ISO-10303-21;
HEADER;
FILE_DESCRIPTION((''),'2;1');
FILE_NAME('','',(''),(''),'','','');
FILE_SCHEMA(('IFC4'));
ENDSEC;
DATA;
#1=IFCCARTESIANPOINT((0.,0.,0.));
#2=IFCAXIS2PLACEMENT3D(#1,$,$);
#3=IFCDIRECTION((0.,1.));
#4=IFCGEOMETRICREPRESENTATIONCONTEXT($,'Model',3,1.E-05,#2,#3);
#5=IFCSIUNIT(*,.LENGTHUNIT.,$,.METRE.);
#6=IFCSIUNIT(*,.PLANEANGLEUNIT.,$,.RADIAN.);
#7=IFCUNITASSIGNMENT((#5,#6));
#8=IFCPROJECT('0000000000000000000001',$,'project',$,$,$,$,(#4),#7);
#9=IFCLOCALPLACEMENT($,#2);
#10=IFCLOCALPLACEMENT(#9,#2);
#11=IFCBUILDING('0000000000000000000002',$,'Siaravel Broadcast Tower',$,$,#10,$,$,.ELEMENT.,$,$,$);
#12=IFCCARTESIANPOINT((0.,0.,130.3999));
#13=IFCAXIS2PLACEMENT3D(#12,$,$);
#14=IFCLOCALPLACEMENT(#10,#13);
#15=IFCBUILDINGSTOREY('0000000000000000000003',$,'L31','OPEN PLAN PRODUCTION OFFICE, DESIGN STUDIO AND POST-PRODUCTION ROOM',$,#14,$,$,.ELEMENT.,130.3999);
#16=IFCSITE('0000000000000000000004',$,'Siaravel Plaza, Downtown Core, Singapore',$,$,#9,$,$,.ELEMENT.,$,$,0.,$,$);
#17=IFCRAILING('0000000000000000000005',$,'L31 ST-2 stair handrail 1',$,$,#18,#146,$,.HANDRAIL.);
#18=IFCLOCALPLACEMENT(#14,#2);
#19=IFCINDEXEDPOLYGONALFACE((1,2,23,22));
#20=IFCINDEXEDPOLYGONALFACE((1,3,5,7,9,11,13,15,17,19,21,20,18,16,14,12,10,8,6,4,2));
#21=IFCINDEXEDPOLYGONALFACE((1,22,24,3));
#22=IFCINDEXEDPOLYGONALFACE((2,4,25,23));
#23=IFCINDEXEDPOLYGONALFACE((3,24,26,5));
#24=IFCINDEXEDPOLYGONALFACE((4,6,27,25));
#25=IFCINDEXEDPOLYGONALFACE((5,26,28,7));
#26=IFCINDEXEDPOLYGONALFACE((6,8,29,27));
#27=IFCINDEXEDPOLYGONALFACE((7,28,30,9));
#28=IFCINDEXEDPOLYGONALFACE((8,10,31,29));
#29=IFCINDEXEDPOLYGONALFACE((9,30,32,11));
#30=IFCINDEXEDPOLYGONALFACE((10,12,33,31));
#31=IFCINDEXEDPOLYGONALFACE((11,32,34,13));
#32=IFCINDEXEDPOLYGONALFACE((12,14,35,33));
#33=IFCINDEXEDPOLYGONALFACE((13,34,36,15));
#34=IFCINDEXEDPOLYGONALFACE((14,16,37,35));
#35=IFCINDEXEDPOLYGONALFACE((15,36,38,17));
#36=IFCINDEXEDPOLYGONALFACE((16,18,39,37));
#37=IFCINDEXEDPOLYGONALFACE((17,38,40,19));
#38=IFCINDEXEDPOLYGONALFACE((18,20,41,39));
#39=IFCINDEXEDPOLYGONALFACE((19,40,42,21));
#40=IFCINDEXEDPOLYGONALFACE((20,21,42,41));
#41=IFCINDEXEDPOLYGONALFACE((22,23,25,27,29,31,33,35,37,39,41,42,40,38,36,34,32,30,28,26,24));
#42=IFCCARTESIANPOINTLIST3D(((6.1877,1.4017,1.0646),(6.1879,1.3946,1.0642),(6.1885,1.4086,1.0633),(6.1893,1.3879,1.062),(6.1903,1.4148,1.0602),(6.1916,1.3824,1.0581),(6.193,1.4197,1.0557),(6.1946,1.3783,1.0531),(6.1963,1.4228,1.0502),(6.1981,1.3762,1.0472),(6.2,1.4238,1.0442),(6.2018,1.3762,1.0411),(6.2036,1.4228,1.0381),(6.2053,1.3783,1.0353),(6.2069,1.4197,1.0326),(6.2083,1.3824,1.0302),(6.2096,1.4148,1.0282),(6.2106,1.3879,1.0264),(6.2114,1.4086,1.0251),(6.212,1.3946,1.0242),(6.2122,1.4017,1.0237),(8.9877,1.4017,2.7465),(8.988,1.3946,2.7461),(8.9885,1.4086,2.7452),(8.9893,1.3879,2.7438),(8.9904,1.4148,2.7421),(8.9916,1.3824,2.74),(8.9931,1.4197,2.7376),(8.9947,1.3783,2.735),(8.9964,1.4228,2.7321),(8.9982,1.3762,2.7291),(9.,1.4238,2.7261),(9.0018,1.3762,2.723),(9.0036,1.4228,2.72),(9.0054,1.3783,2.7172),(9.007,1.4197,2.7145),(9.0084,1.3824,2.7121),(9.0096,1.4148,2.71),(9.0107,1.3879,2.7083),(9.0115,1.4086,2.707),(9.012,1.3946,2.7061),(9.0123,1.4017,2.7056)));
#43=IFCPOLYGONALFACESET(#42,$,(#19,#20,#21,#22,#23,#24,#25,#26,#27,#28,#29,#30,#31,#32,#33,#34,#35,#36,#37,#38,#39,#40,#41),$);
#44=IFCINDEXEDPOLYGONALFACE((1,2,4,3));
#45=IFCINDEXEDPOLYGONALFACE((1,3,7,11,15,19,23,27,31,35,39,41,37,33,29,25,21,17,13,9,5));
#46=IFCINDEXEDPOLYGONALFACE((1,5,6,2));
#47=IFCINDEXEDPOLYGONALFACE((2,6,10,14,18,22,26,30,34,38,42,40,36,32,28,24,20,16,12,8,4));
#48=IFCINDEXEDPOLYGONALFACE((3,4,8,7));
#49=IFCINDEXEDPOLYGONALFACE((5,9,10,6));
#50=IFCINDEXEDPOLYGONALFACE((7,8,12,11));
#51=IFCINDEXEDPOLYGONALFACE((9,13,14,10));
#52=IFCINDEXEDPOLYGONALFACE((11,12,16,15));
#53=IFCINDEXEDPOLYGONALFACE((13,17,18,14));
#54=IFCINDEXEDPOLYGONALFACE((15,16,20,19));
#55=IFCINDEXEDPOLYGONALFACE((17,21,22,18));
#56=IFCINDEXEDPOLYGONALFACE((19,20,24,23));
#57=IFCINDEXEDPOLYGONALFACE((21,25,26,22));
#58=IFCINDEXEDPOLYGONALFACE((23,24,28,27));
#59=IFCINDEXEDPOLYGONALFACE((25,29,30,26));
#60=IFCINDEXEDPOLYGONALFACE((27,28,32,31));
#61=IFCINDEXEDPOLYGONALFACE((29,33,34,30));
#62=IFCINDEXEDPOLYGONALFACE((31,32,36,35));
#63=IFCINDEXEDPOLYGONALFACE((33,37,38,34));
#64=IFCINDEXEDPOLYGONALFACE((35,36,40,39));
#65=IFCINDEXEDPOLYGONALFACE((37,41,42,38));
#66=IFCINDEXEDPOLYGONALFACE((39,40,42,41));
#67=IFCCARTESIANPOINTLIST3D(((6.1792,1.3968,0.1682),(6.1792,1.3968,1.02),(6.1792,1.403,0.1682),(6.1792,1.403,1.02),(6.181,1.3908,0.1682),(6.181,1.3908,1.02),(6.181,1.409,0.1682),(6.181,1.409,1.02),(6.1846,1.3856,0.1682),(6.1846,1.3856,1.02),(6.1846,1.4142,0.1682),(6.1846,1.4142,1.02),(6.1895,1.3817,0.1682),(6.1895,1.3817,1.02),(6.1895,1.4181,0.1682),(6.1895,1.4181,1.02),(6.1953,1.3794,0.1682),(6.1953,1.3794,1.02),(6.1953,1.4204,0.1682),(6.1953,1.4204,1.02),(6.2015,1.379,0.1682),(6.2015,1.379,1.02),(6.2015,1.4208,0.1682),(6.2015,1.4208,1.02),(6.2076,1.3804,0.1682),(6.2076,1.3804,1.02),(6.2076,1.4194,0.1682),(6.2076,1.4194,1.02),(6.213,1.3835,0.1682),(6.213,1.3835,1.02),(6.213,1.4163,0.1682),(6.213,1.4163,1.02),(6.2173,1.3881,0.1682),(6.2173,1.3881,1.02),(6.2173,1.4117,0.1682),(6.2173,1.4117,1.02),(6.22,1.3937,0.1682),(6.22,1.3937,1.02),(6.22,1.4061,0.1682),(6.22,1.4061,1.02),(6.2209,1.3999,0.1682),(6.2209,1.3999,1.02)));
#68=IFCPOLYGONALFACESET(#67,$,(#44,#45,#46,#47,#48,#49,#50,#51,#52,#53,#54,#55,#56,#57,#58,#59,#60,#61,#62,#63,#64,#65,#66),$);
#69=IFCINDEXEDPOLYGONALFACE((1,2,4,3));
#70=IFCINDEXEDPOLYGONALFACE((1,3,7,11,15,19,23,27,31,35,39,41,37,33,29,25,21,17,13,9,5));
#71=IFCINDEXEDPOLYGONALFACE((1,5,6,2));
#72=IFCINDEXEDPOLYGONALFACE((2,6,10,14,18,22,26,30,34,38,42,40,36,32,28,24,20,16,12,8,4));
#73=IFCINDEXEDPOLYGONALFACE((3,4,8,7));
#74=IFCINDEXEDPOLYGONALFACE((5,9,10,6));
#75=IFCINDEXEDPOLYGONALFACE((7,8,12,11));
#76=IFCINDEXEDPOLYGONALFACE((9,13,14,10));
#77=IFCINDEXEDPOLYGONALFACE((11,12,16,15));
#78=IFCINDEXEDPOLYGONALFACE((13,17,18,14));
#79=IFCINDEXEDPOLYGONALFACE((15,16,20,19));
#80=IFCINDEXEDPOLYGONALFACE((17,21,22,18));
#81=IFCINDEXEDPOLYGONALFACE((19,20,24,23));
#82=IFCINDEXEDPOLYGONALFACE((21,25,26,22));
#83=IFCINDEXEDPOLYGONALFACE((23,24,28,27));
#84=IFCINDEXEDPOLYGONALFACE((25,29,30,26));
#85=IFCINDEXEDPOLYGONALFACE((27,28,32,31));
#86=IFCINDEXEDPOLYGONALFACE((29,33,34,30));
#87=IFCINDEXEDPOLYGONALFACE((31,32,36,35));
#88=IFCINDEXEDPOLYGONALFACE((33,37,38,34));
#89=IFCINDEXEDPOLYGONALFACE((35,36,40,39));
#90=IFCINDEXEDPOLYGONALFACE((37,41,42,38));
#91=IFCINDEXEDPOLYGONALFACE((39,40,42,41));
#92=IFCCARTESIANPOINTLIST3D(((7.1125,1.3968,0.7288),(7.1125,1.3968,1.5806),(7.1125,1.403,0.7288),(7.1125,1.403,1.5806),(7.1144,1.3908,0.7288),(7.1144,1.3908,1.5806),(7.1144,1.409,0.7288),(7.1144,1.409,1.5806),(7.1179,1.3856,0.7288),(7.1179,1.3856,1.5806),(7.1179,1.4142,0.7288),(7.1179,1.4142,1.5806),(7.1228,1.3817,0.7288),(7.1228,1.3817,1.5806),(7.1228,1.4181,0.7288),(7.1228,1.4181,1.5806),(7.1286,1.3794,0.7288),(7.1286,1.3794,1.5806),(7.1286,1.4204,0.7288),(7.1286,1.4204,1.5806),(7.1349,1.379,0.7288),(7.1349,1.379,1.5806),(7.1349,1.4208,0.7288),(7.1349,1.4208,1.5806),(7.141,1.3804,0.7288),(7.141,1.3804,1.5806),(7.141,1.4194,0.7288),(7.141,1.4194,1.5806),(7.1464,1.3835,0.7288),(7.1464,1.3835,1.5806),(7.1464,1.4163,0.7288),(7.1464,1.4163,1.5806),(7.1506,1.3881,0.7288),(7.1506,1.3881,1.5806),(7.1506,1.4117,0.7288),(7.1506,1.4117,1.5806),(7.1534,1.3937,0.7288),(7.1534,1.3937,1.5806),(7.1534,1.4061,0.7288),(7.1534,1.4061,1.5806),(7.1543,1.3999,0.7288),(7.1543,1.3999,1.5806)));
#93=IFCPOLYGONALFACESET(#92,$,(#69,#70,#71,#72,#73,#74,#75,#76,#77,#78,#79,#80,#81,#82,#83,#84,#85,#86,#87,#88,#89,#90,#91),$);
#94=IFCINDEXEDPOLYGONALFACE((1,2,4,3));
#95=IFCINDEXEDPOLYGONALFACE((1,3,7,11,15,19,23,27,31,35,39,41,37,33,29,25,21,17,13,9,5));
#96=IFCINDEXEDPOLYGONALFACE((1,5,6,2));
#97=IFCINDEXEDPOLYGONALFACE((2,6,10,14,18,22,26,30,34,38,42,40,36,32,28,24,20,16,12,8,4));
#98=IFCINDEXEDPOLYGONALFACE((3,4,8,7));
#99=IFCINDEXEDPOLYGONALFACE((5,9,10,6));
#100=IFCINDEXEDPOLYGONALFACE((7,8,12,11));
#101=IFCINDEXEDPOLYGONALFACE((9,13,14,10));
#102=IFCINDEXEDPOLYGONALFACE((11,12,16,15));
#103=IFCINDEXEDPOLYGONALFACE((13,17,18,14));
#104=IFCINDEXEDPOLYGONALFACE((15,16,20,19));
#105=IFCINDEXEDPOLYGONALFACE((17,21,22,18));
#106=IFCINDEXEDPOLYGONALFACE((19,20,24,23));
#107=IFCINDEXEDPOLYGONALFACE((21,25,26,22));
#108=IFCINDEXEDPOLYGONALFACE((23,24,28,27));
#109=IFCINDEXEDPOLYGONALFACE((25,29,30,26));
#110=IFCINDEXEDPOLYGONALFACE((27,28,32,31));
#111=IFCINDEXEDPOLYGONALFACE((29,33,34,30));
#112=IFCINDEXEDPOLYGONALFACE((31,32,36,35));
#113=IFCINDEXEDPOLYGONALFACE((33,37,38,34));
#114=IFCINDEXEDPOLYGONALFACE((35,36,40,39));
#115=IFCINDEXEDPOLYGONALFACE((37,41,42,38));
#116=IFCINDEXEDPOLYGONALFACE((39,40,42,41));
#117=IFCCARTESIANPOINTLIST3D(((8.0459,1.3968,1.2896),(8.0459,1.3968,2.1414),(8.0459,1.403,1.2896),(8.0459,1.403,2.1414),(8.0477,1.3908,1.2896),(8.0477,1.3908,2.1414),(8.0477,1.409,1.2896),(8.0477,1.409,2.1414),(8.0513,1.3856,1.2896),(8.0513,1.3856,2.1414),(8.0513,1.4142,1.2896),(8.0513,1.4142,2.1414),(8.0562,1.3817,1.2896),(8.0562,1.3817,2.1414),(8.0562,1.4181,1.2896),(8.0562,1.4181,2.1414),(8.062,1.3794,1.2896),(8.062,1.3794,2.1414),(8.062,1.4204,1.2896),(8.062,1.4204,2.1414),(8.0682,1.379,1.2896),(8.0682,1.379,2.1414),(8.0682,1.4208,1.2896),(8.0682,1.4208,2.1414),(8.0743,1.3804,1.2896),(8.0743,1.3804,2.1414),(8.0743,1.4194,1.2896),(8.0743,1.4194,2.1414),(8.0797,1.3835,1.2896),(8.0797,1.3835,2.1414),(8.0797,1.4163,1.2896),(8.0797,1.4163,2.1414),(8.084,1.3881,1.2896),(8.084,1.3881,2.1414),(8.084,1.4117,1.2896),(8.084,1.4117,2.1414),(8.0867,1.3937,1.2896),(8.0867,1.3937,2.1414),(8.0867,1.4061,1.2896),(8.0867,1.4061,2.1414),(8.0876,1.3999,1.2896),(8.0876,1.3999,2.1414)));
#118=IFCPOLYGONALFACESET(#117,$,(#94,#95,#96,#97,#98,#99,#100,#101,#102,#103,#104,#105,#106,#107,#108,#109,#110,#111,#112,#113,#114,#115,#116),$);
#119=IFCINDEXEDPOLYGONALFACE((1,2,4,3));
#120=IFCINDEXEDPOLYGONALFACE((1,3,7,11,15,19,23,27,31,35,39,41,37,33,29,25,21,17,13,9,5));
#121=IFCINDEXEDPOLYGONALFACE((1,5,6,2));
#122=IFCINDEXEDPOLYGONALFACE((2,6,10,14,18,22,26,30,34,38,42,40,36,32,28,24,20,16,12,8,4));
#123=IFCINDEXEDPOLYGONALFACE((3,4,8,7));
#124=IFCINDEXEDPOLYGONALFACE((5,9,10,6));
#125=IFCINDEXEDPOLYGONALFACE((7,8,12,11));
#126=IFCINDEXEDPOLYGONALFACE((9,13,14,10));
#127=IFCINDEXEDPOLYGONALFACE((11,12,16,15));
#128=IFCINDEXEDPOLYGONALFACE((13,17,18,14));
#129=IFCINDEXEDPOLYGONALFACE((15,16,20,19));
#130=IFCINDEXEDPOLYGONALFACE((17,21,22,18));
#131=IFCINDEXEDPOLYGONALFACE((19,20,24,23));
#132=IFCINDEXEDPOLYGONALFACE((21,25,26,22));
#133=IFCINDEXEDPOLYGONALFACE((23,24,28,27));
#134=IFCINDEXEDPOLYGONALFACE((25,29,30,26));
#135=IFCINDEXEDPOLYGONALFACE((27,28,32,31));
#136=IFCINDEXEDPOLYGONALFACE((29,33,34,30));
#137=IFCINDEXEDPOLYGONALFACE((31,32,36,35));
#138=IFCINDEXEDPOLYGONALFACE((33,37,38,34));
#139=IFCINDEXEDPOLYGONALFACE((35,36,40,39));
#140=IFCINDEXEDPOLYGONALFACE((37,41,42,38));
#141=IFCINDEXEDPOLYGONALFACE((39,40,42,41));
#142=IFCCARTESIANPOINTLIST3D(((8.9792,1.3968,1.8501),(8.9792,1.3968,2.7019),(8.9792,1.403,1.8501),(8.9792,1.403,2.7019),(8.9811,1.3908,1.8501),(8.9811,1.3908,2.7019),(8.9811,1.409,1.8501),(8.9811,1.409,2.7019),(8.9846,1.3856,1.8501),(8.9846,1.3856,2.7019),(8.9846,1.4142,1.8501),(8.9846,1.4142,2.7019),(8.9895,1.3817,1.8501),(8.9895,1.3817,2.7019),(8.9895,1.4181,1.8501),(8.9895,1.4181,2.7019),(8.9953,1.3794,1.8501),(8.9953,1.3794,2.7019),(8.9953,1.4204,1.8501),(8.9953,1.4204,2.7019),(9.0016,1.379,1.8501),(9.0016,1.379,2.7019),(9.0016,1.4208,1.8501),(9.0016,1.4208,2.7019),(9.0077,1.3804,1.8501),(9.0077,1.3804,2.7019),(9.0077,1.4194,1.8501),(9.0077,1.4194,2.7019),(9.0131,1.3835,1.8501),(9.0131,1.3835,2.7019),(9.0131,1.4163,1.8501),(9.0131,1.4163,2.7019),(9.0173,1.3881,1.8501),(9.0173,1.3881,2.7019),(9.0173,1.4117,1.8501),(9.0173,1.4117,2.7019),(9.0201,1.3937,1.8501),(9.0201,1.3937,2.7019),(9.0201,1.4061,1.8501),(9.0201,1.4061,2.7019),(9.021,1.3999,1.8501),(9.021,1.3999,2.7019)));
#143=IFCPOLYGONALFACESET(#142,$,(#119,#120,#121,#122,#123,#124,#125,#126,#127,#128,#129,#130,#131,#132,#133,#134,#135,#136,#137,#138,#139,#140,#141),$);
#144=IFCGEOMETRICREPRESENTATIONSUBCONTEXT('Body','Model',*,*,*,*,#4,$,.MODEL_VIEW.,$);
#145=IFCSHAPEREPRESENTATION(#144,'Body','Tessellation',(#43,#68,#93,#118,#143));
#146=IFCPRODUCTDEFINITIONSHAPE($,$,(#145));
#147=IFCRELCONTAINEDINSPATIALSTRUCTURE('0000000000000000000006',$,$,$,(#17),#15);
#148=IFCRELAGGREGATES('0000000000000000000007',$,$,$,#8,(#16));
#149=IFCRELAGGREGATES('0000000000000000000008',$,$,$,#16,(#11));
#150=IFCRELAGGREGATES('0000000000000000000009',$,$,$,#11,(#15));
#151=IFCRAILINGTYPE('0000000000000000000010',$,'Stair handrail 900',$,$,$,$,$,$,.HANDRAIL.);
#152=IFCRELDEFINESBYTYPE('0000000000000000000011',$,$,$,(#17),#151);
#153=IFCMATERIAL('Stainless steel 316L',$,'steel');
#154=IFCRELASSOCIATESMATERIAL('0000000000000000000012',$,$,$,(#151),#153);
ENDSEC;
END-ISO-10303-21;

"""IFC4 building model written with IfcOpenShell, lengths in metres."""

from ifc_helpers import new_model, si_unit, direction, frame, origin, origin_2d, place, context, subcontext, project, spatial, circle, extrude, material, type_object, element, save


model = new_model("IFC4")

# Units and contexts
model_context = context("Model", 3, precision=1e-05, world=origin(), true_north=direction((0.0, 1.0)))
body_context = subcontext(model_context, "Body", "Model", "MODEL_VIEW")
ifc_project = project(units=[si_unit("LENGTHUNIT", "METRE"), si_unit("PLANEANGLEUNIT", "RADIAN")], contexts=[model_context])

# Site, building, storey
site_placement = place(None, origin())
site = spatial("IfcSite", under=ifc_project, at=site_placement, Name="Siaravel Plaza, Downtown Core, Singapore", CompositionType="ELEMENT", RefElevation=0.0)
building_placement = place(site_placement, origin())
building = spatial("IfcBuilding", under=site, at=building_placement, Name="Siaravel Broadcast Tower", CompositionType="ELEMENT")
storey_placement = place(building_placement, frame((0.0, 0.0, 130.3999)))
storey = spatial("IfcBuildingStorey", under=building, at=storey_placement, Name="L31", Description="OPEN PLAN PRODUCTION OFFICE, DESIGN STUDIO AND POST-PRODUCTION ROOM", CompositionType="ELEMENT", Elevation=130.3999)

# Railing
ifc_material_1 = material(Name="Stainless steel 316L", Category="steel")
railing_type_1 = type_object("IfcRailingType", Name="Stair handrail 900", PredefinedType="HANDRAIL", material=ifc_material_1)
railing_1_placement = place(storey_placement, frame((6.2, 1.3999, 0.1682)))
element("IfcRailing", 1, at=railing_1_placement, inside=storey, type_object=railing_type_1, Name="L31 ST-2 stair handrail 1", PredefinedType="HANDRAIL", context=body_context, shape_type="SweptSolid", body=[
    extrude(circle(Radius=0.0239, at=origin_2d()), frame((0.0, 0.0, 0.876), z_axis=(0.857242, 0.0, 0.514913), x_axis=(0.0, 1.0, 0.0)), (0.0, 0.0, 1.0), 3.2664),
    extrude(circle(Radius=0.021, at=origin_2d()), origin(), (0.0, 0.0, 1.0), 0.8518),
    extrude(circle(Radius=0.021, at=origin_2d()), frame((0.9333, 0.0, 0.5605)), (0.0, 0.0, 1.0), 0.8518),
    extrude(circle(Radius=0.021, at=origin_2d()), frame((1.8667, 0.0, 1.1213)), (0.0, 0.0, 1.0), 0.8518),
    extrude(circle(Radius=0.021, at=origin_2d()), frame((2.8, 0.0, 1.6819)), (0.0, 0.0, 1.0), 0.8518),
])

save(model, "model.ifc")
